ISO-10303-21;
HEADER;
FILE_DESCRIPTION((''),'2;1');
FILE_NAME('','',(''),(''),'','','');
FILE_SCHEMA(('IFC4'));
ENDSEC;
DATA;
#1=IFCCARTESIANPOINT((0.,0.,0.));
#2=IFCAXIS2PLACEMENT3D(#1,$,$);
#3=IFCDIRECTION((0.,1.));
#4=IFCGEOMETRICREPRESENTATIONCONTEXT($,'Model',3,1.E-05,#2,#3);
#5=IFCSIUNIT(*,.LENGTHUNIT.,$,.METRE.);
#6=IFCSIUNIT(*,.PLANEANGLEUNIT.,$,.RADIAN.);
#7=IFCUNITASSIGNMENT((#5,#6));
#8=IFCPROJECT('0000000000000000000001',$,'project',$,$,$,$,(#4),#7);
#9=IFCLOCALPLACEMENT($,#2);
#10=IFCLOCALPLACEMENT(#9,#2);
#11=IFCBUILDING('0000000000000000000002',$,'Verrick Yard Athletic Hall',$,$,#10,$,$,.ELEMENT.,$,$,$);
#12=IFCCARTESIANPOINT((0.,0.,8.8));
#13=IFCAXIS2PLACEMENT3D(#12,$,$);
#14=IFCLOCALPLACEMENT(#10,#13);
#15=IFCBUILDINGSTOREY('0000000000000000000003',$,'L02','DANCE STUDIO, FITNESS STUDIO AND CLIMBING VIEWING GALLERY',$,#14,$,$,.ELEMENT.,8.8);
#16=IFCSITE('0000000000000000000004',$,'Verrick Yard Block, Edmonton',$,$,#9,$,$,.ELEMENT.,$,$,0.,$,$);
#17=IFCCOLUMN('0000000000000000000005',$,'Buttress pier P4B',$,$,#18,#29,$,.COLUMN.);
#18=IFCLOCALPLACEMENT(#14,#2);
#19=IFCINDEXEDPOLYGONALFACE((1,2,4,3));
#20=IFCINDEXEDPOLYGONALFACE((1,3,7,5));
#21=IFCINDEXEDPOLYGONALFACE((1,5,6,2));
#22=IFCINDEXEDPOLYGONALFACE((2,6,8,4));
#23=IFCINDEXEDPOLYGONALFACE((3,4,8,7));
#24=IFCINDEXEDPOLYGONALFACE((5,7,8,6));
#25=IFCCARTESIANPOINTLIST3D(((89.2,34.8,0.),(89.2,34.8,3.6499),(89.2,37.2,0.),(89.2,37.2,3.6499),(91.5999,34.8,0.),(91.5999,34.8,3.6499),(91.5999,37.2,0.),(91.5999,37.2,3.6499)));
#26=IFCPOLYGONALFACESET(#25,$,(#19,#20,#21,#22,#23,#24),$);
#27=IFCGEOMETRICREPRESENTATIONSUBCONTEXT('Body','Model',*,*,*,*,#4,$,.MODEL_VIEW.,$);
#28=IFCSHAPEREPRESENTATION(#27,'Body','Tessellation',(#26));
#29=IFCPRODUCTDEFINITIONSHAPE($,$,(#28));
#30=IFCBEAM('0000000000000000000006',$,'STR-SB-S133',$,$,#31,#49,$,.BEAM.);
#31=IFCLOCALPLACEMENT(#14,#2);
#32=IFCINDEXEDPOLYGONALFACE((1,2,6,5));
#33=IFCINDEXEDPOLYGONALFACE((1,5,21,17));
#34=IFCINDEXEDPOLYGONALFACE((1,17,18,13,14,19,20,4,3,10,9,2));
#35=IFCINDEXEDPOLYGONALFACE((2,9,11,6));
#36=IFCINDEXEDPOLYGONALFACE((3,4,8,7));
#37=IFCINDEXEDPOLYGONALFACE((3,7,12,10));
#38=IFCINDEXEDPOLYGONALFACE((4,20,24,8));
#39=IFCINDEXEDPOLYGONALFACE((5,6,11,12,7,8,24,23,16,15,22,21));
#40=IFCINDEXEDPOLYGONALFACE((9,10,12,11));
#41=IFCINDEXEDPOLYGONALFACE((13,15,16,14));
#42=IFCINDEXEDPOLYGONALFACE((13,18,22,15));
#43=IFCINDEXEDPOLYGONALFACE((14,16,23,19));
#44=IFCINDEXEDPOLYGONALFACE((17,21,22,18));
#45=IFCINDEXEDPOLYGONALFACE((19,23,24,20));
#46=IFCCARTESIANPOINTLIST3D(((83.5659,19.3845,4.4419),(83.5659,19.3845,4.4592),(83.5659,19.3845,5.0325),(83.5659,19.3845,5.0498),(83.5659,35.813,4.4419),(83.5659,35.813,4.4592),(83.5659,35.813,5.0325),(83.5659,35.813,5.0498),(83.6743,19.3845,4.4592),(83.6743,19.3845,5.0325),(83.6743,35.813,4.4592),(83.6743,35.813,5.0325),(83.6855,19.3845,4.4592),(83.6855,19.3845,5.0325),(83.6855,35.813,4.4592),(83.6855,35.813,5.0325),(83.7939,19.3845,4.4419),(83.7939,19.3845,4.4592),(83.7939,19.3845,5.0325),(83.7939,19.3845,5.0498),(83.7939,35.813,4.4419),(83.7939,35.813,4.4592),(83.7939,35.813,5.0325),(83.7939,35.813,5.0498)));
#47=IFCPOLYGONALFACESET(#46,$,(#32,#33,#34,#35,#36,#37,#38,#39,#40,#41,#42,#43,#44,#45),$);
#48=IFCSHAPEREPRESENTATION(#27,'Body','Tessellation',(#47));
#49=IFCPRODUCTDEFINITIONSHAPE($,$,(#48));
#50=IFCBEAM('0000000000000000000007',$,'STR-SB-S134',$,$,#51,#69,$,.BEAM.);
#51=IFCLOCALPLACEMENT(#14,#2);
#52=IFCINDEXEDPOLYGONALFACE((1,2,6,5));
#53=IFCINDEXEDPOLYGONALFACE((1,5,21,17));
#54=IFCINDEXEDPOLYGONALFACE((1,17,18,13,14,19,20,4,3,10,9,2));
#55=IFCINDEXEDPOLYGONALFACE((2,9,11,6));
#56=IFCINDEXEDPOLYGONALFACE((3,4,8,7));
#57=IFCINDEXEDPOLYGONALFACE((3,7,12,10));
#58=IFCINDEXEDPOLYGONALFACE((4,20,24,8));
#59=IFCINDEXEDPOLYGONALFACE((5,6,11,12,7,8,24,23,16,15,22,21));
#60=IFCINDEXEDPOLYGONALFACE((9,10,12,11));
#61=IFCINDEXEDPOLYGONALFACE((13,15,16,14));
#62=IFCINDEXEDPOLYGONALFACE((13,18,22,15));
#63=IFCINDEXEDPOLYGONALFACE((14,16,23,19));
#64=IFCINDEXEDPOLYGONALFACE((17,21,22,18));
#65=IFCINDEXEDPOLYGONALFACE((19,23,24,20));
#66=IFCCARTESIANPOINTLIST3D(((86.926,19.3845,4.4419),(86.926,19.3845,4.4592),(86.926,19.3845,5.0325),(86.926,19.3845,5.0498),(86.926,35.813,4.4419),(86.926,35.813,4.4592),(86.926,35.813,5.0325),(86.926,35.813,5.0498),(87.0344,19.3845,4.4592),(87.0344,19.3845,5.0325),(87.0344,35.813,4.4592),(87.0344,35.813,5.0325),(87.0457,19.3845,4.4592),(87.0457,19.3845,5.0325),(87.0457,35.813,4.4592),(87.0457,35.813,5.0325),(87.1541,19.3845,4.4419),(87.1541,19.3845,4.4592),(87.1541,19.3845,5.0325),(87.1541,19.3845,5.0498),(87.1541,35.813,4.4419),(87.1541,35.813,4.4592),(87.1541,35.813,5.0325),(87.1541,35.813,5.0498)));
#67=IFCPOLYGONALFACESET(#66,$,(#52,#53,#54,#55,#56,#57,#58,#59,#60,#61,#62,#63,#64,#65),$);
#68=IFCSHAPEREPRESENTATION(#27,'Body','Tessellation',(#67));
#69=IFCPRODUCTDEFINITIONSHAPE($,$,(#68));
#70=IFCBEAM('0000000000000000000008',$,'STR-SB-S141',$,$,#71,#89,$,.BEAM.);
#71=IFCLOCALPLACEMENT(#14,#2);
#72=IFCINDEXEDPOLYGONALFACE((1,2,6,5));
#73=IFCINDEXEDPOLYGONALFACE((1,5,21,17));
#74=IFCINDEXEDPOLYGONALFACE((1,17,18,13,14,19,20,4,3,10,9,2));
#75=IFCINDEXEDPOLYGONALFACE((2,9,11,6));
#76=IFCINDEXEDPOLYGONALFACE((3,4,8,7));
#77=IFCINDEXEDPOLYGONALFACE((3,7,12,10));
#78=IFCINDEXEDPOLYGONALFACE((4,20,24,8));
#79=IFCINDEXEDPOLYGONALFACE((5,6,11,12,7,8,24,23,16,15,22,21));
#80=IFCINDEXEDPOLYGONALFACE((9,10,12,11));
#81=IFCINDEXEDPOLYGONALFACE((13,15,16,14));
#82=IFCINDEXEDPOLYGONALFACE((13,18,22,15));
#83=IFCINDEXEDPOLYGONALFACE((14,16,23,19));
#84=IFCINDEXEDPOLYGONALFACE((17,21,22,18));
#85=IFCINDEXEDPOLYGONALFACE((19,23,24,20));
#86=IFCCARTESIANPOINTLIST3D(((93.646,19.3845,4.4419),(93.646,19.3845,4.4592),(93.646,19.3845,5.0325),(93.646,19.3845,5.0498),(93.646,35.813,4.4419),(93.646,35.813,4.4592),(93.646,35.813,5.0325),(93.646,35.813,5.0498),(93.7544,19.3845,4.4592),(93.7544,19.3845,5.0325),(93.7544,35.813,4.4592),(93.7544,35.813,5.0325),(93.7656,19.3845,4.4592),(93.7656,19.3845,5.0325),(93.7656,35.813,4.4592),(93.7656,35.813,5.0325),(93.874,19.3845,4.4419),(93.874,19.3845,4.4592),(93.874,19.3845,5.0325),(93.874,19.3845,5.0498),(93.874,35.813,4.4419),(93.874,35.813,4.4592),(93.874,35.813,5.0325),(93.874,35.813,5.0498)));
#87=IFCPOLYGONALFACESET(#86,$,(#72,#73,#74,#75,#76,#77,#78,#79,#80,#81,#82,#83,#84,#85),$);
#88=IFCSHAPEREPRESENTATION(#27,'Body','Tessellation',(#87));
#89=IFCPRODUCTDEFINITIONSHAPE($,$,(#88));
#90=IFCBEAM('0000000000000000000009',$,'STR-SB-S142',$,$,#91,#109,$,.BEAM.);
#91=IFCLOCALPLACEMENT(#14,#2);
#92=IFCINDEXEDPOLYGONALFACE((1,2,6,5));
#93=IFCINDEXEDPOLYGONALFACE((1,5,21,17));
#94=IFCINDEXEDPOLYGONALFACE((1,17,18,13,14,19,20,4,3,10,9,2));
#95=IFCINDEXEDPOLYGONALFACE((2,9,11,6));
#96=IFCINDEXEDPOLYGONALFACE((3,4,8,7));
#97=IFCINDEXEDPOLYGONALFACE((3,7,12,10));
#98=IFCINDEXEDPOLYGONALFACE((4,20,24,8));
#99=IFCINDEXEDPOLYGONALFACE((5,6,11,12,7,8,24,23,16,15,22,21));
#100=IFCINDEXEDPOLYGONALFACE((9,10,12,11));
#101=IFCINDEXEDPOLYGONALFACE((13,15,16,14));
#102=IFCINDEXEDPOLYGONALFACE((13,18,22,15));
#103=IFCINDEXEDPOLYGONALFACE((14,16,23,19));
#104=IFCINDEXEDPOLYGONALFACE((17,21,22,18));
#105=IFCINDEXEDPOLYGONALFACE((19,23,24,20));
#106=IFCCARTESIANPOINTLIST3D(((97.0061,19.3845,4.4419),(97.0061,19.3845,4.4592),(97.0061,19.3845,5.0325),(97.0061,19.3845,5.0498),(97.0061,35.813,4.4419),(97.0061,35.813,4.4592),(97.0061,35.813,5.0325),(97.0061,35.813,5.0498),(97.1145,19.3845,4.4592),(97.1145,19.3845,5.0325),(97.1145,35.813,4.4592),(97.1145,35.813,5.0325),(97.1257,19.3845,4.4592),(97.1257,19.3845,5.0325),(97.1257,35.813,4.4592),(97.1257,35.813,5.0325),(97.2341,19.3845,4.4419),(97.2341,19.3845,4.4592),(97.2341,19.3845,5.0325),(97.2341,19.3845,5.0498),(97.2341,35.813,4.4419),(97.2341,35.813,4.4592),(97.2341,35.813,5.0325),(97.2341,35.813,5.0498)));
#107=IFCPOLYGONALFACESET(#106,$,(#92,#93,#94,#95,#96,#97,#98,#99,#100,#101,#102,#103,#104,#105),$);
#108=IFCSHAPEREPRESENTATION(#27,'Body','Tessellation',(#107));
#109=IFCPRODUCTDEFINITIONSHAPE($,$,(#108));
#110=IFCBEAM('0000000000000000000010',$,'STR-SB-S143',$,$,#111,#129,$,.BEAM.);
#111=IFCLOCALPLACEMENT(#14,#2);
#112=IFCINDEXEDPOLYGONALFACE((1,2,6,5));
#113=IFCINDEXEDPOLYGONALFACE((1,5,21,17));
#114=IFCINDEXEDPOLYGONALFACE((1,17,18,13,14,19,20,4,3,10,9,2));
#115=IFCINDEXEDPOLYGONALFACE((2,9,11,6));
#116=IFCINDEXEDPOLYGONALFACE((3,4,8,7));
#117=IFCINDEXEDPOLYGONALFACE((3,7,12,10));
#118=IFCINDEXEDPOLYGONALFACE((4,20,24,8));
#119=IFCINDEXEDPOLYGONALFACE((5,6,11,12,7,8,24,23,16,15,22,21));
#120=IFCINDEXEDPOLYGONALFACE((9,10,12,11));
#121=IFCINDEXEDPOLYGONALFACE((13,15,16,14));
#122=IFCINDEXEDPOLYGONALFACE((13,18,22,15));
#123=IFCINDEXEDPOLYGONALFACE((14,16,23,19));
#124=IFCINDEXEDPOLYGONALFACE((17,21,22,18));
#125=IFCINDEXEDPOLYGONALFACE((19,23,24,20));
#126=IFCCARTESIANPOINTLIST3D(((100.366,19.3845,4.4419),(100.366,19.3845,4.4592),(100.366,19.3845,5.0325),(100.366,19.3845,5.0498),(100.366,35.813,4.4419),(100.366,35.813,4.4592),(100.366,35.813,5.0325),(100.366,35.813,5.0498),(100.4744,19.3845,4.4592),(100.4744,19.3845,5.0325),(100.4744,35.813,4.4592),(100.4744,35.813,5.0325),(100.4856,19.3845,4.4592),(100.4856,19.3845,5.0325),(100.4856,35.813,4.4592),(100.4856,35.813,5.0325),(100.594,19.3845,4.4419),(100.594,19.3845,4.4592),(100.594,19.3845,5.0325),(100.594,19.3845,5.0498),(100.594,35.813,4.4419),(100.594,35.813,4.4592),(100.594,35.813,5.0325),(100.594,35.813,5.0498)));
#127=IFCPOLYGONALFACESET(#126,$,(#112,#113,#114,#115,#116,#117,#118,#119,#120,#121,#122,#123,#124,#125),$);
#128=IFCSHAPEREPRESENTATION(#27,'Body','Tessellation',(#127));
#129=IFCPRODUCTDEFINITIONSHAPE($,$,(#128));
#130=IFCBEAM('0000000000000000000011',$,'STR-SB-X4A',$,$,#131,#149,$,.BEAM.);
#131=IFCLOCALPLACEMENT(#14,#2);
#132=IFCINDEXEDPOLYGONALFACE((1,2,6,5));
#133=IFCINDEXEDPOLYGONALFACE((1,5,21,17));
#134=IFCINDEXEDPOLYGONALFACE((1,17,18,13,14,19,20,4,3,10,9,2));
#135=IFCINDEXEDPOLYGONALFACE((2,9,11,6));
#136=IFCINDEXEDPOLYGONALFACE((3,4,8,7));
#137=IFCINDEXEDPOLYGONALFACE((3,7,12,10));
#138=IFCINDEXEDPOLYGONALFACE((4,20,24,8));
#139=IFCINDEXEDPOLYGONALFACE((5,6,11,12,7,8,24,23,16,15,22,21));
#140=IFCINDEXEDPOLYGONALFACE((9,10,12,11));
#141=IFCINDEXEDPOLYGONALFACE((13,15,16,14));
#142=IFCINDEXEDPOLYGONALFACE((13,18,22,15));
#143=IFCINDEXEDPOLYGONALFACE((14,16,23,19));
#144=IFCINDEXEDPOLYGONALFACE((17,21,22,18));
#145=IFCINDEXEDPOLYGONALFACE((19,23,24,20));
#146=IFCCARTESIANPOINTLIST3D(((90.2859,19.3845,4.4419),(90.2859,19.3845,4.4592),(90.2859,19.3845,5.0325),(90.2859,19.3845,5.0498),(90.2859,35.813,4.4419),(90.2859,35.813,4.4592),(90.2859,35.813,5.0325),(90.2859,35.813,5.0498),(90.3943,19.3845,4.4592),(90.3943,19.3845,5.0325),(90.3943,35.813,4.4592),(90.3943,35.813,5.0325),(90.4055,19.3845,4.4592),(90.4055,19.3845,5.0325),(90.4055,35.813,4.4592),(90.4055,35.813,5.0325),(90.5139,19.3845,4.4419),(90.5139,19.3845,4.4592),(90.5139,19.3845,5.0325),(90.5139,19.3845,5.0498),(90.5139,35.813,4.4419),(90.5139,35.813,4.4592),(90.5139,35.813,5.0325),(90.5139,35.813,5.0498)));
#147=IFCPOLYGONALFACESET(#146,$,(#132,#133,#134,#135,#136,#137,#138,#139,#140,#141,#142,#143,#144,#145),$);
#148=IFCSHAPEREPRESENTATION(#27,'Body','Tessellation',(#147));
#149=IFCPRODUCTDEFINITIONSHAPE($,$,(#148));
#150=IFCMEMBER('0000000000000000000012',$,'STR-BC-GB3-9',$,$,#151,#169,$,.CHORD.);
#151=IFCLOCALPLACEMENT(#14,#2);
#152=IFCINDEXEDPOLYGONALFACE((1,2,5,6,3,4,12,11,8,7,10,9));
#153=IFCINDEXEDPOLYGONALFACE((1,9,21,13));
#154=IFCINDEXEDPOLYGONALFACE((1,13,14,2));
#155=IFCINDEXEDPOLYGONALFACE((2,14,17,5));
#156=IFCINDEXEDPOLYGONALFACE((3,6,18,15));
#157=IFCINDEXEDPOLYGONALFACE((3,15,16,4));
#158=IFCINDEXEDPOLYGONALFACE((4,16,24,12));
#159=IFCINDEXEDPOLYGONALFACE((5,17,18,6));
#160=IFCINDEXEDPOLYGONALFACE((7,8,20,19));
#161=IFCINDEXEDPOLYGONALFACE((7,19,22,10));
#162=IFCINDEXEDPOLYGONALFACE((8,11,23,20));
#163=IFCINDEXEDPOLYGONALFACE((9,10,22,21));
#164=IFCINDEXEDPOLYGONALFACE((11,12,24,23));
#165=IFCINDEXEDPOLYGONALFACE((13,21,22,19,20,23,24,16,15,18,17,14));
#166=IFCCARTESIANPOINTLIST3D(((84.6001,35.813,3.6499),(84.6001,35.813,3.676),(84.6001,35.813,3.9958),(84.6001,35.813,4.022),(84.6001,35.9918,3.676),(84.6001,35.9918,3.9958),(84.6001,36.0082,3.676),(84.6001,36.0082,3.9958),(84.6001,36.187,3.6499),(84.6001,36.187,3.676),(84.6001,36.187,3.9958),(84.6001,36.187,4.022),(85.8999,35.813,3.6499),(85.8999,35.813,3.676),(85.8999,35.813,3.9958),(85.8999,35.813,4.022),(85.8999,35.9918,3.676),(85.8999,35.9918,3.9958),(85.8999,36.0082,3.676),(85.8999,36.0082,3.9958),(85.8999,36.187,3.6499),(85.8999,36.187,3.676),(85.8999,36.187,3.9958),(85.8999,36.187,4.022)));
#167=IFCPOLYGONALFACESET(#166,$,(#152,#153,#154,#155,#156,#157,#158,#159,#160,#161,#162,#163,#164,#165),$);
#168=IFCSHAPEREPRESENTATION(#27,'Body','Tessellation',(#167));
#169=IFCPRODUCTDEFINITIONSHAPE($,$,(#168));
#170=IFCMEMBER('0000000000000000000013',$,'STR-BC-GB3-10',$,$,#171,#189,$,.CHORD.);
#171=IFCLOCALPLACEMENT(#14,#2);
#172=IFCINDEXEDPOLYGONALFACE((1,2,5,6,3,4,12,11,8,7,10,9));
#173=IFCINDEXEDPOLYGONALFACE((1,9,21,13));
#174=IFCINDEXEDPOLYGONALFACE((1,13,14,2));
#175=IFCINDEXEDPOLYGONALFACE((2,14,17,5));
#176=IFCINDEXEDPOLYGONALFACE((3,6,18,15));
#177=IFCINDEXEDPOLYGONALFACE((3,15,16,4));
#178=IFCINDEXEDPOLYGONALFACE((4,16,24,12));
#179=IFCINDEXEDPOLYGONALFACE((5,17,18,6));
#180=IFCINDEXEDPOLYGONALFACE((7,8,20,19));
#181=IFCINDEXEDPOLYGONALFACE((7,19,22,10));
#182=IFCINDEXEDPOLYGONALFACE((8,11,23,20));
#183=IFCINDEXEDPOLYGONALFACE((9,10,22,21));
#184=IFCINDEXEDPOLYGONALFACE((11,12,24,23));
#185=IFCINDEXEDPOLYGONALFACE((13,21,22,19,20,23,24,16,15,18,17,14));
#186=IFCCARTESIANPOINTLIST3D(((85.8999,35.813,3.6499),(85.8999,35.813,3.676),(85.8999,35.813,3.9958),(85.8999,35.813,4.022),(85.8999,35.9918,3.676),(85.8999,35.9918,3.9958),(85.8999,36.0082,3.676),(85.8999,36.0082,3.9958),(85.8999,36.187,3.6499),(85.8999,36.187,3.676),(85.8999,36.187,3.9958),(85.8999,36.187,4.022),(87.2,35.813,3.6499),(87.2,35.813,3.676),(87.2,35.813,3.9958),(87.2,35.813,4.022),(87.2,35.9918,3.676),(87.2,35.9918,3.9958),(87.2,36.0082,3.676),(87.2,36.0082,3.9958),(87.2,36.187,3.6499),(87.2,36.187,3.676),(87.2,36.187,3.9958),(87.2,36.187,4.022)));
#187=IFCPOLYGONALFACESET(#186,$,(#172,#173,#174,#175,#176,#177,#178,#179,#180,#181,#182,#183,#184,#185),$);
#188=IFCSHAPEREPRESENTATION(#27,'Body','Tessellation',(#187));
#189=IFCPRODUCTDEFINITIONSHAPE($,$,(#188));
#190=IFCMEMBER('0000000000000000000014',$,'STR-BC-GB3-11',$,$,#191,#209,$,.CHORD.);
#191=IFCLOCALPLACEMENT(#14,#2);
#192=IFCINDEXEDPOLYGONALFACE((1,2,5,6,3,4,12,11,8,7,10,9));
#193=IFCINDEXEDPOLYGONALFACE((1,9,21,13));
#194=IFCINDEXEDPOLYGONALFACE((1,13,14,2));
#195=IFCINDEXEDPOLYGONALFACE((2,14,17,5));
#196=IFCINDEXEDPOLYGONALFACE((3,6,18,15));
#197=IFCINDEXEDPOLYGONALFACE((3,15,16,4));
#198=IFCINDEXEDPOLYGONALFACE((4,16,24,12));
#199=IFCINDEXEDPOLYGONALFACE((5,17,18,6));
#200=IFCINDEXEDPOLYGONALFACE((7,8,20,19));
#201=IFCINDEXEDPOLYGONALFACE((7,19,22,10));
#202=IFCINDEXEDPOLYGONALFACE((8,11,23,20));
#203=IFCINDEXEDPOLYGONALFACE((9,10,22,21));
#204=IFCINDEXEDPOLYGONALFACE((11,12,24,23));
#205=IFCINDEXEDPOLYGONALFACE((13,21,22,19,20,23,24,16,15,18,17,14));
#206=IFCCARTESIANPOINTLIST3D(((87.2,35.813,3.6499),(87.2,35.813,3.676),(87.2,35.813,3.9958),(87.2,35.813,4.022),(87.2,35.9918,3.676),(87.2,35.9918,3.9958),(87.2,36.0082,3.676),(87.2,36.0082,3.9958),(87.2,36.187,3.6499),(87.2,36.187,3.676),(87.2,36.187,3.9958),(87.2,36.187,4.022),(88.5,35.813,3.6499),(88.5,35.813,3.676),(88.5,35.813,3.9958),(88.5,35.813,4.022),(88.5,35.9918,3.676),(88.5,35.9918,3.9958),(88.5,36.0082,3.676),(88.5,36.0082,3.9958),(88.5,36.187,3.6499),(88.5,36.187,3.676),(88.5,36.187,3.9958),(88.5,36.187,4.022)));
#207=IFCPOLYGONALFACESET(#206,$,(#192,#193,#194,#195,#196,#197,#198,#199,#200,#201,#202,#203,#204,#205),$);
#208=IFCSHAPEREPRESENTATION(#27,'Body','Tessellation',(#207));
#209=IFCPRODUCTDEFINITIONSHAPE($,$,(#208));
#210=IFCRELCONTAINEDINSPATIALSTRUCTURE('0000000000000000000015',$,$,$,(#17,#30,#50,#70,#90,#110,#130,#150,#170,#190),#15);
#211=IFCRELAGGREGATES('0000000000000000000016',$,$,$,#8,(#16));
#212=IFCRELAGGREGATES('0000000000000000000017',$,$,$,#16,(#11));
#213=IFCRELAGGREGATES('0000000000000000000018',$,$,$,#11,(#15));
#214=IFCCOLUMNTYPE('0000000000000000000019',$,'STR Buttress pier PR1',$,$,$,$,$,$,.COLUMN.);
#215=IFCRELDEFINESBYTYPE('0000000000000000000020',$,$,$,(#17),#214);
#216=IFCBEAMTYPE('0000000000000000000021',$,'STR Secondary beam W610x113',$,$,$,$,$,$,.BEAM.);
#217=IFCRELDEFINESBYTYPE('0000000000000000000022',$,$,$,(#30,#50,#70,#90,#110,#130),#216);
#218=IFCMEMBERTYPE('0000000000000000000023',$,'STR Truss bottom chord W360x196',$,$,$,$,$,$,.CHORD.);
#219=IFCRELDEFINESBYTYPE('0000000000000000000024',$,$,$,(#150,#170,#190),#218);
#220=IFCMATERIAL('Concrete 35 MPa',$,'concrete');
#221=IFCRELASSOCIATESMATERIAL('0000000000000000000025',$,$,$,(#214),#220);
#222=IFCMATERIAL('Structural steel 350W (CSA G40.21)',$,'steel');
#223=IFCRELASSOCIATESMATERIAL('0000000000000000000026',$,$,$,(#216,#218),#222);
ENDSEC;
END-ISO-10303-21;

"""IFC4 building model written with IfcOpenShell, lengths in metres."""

from ifc_helpers import new_model, si_unit, direction, frame, origin, origin_2d, place, context, subcontext, project, spatial, rectangle, i_section, extrude, material, material_profile, profile_set, type_object, element, save


model = new_model("IFC4")

# Units and contexts
model_context = context("Model", 3, precision=1e-05, world=origin(), true_north=direction((0.0, 1.0)))
body_context = subcontext(model_context, "Body", "Model", "MODEL_VIEW")
ifc_project = project(units=[si_unit("LENGTHUNIT", "METRE"), si_unit("PLANEANGLEUNIT", "RADIAN")], contexts=[model_context])

# Site, building, storey
site_placement = place(None, origin())
site = spatial("IfcSite", under=ifc_project, at=site_placement, Name="Verrick Yard Block, Edmonton", CompositionType="ELEMENT", RefElevation=0.0)
building_placement = place(site_placement, origin())
building = spatial("IfcBuilding", under=site, at=building_placement, Name="Verrick Yard Athletic Hall", CompositionType="ELEMENT")
storey_placement = place(building_placement, frame((0.0, 0.0, 8.8)))
storey = spatial("IfcBuildingStorey", under=building, at=storey_placement, Name="L02", Description="DANCE STUDIO, FITNESS STUDIO AND CLIMBING VIEWING GALLERY", CompositionType="ELEMENT", Elevation=8.8)

# Column
ifc_material_1 = material(Name="Concrete 35 MPa", Category="concrete")
ifc_material_profile_1 = material_profile(ifc_material_1, rectangle(XDim=2.3999, YDim=2.3999, at=origin_2d()), Name="STR Buttress pier PR1")
ifc_profile_set_1 = profile_set([ifc_material_profile_1], Name="Concrete 35 MPa")
column_type = type_object("IfcColumnType", Name="STR Buttress pier PR1", PredefinedType="COLUMN", material=ifc_profile_set_1)
column_placement = place(storey_placement, frame((90.3999, 36.0, 0.0), z_axis=(0.0, 0.0, 1.0), x_axis=(1.0, 0.0, 0.0)))
element("IfcColumn", 1, at=column_placement, inside=storey, type_object=column_type, Name="Buttress pier P4B", PredefinedType="COLUMN", context=body_context, shape_type="SweptSolid", body=[
    extrude(rectangle(XDim=2.3999, YDim=2.3999, at=origin_2d()), origin(), (0.0, 0.0, 1.0), 3.6499),
])

# Beams
ifc_material_2 = material(Name="Structural steel 350W (CSA G40.21)", Category="steel")
ifc_material_profile_2 = material_profile(ifc_material_2, i_section(OverallWidth=0.228, OverallDepth=0.6079, WebThickness=0.0112, FlangeThickness=0.0173, at=origin_2d()), Name="W610x113")
ifc_profile_set_2 = profile_set([ifc_material_profile_2], Name="Structural steel 350W (CSA G40.21)")
beam_type = type_object("IfcBeamType", Name="STR Secondary beam W610x113", PredefinedType="BEAM", material=ifc_profile_set_2)
for number, where, z_axis, x_axis, name in (
    (2, (83.6799, 19.3845, 4.7458), (0.0, 1.0, 0.0), (-1.0, 0.0, 0.0), "STR-SB-S133"),
    (3, (87.04, 19.3845, 4.7458), (0.0, 1.0, 0.0), (-1.0, 0.0, 0.0), "STR-SB-S134"),
    (4, (93.76, 19.3845, 4.7458), (0.0, 1.0, 0.0), (-1.0, 0.0, 0.0), "STR-SB-S141"),
    (5, (97.1201, 19.3845, 4.7458), (0.0, 1.0, 0.0), (-1.0, 0.0, 0.0), "STR-SB-S142"),
    (6, (100.48, 19.3845, 4.7458), (0.0, 1.0, 0.0), (-1.0, 0.0, 0.0), "STR-SB-S143"),
    (7, (90.3999, 19.3845, 4.7458), (0.0, 1.0, 0.0), (-1.0, 0.0, 0.0), "STR-SB-X4A"),
):
    element("IfcBeam", number, at=place(storey_placement, frame(where, z_axis=z_axis, x_axis=x_axis)), inside=storey, type_object=beam_type, Name=name, PredefinedType="BEAM", context=body_context, shape_type="SweptSolid", body=[
        extrude(i_section(OverallWidth=0.228, OverallDepth=0.6079, WebThickness=0.0112, FlangeThickness=0.0173, at=origin_2d()), origin(), (0.0, 0.0, 1.0), 16.4285),
    ])

# Members
ifc_material_profile_3 = material_profile(ifc_material_2, i_section(OverallWidth=0.374, OverallDepth=0.3721, WebThickness=0.0164, FlangeThickness=0.0261, at=origin_2d()), Name="W360x196")
ifc_profile_set_3 = profile_set([ifc_material_profile_3], Name="Structural steel 350W (CSA G40.21)")
member_type_1 = type_object("IfcMemberType", Name="STR Truss bottom chord W360x196", PredefinedType="CHORD", material=ifc_profile_set_3)
member_1_placement = place(storey_placement, frame((84.6001, 36.0, 3.8359), z_axis=(1.0, 0.0, 0.0), x_axis=(0.0, 1.0, 0.0)))
element("IfcMember", 8, at=member_1_placement, inside=storey, type_object=member_type_1, Name="STR-BC-GB3-9", PredefinedType="CHORD", context=body_context, shape_type="SweptSolid", body=[
    extrude(i_section(OverallWidth=0.374, OverallDepth=0.3721, WebThickness=0.0164, FlangeThickness=0.0261, at=origin_2d()), origin(), (0.0, 0.0, 1.0), 1.2998),
])
for number, where, z_axis, x_axis, name in (
    (9, (85.8999, 36.0, 3.8359), (1.0, 0.0, 0.0), (0.0, 1.0, 0.0), "STR-BC-GB3-10"),
    (10, (87.2, 36.0, 3.8359), (1.0, 0.0, 0.0), (0.0, 1.0, 0.0), "STR-BC-GB3-11"),
):
    element("IfcMember", number, at=place(storey_placement, frame(where, z_axis=z_axis, x_axis=x_axis)), inside=storey, type_object=member_type_1, Name=name, PredefinedType="CHORD", context=body_context, shape_type="SweptSolid", body=[
        extrude(i_section(OverallWidth=0.374, OverallDepth=0.3721, WebThickness=0.0164, FlangeThickness=0.0261, at=origin_2d()), origin(), (0.0, 0.0, 1.0), 1.3),
    ])

save(model, "model.ifc")
